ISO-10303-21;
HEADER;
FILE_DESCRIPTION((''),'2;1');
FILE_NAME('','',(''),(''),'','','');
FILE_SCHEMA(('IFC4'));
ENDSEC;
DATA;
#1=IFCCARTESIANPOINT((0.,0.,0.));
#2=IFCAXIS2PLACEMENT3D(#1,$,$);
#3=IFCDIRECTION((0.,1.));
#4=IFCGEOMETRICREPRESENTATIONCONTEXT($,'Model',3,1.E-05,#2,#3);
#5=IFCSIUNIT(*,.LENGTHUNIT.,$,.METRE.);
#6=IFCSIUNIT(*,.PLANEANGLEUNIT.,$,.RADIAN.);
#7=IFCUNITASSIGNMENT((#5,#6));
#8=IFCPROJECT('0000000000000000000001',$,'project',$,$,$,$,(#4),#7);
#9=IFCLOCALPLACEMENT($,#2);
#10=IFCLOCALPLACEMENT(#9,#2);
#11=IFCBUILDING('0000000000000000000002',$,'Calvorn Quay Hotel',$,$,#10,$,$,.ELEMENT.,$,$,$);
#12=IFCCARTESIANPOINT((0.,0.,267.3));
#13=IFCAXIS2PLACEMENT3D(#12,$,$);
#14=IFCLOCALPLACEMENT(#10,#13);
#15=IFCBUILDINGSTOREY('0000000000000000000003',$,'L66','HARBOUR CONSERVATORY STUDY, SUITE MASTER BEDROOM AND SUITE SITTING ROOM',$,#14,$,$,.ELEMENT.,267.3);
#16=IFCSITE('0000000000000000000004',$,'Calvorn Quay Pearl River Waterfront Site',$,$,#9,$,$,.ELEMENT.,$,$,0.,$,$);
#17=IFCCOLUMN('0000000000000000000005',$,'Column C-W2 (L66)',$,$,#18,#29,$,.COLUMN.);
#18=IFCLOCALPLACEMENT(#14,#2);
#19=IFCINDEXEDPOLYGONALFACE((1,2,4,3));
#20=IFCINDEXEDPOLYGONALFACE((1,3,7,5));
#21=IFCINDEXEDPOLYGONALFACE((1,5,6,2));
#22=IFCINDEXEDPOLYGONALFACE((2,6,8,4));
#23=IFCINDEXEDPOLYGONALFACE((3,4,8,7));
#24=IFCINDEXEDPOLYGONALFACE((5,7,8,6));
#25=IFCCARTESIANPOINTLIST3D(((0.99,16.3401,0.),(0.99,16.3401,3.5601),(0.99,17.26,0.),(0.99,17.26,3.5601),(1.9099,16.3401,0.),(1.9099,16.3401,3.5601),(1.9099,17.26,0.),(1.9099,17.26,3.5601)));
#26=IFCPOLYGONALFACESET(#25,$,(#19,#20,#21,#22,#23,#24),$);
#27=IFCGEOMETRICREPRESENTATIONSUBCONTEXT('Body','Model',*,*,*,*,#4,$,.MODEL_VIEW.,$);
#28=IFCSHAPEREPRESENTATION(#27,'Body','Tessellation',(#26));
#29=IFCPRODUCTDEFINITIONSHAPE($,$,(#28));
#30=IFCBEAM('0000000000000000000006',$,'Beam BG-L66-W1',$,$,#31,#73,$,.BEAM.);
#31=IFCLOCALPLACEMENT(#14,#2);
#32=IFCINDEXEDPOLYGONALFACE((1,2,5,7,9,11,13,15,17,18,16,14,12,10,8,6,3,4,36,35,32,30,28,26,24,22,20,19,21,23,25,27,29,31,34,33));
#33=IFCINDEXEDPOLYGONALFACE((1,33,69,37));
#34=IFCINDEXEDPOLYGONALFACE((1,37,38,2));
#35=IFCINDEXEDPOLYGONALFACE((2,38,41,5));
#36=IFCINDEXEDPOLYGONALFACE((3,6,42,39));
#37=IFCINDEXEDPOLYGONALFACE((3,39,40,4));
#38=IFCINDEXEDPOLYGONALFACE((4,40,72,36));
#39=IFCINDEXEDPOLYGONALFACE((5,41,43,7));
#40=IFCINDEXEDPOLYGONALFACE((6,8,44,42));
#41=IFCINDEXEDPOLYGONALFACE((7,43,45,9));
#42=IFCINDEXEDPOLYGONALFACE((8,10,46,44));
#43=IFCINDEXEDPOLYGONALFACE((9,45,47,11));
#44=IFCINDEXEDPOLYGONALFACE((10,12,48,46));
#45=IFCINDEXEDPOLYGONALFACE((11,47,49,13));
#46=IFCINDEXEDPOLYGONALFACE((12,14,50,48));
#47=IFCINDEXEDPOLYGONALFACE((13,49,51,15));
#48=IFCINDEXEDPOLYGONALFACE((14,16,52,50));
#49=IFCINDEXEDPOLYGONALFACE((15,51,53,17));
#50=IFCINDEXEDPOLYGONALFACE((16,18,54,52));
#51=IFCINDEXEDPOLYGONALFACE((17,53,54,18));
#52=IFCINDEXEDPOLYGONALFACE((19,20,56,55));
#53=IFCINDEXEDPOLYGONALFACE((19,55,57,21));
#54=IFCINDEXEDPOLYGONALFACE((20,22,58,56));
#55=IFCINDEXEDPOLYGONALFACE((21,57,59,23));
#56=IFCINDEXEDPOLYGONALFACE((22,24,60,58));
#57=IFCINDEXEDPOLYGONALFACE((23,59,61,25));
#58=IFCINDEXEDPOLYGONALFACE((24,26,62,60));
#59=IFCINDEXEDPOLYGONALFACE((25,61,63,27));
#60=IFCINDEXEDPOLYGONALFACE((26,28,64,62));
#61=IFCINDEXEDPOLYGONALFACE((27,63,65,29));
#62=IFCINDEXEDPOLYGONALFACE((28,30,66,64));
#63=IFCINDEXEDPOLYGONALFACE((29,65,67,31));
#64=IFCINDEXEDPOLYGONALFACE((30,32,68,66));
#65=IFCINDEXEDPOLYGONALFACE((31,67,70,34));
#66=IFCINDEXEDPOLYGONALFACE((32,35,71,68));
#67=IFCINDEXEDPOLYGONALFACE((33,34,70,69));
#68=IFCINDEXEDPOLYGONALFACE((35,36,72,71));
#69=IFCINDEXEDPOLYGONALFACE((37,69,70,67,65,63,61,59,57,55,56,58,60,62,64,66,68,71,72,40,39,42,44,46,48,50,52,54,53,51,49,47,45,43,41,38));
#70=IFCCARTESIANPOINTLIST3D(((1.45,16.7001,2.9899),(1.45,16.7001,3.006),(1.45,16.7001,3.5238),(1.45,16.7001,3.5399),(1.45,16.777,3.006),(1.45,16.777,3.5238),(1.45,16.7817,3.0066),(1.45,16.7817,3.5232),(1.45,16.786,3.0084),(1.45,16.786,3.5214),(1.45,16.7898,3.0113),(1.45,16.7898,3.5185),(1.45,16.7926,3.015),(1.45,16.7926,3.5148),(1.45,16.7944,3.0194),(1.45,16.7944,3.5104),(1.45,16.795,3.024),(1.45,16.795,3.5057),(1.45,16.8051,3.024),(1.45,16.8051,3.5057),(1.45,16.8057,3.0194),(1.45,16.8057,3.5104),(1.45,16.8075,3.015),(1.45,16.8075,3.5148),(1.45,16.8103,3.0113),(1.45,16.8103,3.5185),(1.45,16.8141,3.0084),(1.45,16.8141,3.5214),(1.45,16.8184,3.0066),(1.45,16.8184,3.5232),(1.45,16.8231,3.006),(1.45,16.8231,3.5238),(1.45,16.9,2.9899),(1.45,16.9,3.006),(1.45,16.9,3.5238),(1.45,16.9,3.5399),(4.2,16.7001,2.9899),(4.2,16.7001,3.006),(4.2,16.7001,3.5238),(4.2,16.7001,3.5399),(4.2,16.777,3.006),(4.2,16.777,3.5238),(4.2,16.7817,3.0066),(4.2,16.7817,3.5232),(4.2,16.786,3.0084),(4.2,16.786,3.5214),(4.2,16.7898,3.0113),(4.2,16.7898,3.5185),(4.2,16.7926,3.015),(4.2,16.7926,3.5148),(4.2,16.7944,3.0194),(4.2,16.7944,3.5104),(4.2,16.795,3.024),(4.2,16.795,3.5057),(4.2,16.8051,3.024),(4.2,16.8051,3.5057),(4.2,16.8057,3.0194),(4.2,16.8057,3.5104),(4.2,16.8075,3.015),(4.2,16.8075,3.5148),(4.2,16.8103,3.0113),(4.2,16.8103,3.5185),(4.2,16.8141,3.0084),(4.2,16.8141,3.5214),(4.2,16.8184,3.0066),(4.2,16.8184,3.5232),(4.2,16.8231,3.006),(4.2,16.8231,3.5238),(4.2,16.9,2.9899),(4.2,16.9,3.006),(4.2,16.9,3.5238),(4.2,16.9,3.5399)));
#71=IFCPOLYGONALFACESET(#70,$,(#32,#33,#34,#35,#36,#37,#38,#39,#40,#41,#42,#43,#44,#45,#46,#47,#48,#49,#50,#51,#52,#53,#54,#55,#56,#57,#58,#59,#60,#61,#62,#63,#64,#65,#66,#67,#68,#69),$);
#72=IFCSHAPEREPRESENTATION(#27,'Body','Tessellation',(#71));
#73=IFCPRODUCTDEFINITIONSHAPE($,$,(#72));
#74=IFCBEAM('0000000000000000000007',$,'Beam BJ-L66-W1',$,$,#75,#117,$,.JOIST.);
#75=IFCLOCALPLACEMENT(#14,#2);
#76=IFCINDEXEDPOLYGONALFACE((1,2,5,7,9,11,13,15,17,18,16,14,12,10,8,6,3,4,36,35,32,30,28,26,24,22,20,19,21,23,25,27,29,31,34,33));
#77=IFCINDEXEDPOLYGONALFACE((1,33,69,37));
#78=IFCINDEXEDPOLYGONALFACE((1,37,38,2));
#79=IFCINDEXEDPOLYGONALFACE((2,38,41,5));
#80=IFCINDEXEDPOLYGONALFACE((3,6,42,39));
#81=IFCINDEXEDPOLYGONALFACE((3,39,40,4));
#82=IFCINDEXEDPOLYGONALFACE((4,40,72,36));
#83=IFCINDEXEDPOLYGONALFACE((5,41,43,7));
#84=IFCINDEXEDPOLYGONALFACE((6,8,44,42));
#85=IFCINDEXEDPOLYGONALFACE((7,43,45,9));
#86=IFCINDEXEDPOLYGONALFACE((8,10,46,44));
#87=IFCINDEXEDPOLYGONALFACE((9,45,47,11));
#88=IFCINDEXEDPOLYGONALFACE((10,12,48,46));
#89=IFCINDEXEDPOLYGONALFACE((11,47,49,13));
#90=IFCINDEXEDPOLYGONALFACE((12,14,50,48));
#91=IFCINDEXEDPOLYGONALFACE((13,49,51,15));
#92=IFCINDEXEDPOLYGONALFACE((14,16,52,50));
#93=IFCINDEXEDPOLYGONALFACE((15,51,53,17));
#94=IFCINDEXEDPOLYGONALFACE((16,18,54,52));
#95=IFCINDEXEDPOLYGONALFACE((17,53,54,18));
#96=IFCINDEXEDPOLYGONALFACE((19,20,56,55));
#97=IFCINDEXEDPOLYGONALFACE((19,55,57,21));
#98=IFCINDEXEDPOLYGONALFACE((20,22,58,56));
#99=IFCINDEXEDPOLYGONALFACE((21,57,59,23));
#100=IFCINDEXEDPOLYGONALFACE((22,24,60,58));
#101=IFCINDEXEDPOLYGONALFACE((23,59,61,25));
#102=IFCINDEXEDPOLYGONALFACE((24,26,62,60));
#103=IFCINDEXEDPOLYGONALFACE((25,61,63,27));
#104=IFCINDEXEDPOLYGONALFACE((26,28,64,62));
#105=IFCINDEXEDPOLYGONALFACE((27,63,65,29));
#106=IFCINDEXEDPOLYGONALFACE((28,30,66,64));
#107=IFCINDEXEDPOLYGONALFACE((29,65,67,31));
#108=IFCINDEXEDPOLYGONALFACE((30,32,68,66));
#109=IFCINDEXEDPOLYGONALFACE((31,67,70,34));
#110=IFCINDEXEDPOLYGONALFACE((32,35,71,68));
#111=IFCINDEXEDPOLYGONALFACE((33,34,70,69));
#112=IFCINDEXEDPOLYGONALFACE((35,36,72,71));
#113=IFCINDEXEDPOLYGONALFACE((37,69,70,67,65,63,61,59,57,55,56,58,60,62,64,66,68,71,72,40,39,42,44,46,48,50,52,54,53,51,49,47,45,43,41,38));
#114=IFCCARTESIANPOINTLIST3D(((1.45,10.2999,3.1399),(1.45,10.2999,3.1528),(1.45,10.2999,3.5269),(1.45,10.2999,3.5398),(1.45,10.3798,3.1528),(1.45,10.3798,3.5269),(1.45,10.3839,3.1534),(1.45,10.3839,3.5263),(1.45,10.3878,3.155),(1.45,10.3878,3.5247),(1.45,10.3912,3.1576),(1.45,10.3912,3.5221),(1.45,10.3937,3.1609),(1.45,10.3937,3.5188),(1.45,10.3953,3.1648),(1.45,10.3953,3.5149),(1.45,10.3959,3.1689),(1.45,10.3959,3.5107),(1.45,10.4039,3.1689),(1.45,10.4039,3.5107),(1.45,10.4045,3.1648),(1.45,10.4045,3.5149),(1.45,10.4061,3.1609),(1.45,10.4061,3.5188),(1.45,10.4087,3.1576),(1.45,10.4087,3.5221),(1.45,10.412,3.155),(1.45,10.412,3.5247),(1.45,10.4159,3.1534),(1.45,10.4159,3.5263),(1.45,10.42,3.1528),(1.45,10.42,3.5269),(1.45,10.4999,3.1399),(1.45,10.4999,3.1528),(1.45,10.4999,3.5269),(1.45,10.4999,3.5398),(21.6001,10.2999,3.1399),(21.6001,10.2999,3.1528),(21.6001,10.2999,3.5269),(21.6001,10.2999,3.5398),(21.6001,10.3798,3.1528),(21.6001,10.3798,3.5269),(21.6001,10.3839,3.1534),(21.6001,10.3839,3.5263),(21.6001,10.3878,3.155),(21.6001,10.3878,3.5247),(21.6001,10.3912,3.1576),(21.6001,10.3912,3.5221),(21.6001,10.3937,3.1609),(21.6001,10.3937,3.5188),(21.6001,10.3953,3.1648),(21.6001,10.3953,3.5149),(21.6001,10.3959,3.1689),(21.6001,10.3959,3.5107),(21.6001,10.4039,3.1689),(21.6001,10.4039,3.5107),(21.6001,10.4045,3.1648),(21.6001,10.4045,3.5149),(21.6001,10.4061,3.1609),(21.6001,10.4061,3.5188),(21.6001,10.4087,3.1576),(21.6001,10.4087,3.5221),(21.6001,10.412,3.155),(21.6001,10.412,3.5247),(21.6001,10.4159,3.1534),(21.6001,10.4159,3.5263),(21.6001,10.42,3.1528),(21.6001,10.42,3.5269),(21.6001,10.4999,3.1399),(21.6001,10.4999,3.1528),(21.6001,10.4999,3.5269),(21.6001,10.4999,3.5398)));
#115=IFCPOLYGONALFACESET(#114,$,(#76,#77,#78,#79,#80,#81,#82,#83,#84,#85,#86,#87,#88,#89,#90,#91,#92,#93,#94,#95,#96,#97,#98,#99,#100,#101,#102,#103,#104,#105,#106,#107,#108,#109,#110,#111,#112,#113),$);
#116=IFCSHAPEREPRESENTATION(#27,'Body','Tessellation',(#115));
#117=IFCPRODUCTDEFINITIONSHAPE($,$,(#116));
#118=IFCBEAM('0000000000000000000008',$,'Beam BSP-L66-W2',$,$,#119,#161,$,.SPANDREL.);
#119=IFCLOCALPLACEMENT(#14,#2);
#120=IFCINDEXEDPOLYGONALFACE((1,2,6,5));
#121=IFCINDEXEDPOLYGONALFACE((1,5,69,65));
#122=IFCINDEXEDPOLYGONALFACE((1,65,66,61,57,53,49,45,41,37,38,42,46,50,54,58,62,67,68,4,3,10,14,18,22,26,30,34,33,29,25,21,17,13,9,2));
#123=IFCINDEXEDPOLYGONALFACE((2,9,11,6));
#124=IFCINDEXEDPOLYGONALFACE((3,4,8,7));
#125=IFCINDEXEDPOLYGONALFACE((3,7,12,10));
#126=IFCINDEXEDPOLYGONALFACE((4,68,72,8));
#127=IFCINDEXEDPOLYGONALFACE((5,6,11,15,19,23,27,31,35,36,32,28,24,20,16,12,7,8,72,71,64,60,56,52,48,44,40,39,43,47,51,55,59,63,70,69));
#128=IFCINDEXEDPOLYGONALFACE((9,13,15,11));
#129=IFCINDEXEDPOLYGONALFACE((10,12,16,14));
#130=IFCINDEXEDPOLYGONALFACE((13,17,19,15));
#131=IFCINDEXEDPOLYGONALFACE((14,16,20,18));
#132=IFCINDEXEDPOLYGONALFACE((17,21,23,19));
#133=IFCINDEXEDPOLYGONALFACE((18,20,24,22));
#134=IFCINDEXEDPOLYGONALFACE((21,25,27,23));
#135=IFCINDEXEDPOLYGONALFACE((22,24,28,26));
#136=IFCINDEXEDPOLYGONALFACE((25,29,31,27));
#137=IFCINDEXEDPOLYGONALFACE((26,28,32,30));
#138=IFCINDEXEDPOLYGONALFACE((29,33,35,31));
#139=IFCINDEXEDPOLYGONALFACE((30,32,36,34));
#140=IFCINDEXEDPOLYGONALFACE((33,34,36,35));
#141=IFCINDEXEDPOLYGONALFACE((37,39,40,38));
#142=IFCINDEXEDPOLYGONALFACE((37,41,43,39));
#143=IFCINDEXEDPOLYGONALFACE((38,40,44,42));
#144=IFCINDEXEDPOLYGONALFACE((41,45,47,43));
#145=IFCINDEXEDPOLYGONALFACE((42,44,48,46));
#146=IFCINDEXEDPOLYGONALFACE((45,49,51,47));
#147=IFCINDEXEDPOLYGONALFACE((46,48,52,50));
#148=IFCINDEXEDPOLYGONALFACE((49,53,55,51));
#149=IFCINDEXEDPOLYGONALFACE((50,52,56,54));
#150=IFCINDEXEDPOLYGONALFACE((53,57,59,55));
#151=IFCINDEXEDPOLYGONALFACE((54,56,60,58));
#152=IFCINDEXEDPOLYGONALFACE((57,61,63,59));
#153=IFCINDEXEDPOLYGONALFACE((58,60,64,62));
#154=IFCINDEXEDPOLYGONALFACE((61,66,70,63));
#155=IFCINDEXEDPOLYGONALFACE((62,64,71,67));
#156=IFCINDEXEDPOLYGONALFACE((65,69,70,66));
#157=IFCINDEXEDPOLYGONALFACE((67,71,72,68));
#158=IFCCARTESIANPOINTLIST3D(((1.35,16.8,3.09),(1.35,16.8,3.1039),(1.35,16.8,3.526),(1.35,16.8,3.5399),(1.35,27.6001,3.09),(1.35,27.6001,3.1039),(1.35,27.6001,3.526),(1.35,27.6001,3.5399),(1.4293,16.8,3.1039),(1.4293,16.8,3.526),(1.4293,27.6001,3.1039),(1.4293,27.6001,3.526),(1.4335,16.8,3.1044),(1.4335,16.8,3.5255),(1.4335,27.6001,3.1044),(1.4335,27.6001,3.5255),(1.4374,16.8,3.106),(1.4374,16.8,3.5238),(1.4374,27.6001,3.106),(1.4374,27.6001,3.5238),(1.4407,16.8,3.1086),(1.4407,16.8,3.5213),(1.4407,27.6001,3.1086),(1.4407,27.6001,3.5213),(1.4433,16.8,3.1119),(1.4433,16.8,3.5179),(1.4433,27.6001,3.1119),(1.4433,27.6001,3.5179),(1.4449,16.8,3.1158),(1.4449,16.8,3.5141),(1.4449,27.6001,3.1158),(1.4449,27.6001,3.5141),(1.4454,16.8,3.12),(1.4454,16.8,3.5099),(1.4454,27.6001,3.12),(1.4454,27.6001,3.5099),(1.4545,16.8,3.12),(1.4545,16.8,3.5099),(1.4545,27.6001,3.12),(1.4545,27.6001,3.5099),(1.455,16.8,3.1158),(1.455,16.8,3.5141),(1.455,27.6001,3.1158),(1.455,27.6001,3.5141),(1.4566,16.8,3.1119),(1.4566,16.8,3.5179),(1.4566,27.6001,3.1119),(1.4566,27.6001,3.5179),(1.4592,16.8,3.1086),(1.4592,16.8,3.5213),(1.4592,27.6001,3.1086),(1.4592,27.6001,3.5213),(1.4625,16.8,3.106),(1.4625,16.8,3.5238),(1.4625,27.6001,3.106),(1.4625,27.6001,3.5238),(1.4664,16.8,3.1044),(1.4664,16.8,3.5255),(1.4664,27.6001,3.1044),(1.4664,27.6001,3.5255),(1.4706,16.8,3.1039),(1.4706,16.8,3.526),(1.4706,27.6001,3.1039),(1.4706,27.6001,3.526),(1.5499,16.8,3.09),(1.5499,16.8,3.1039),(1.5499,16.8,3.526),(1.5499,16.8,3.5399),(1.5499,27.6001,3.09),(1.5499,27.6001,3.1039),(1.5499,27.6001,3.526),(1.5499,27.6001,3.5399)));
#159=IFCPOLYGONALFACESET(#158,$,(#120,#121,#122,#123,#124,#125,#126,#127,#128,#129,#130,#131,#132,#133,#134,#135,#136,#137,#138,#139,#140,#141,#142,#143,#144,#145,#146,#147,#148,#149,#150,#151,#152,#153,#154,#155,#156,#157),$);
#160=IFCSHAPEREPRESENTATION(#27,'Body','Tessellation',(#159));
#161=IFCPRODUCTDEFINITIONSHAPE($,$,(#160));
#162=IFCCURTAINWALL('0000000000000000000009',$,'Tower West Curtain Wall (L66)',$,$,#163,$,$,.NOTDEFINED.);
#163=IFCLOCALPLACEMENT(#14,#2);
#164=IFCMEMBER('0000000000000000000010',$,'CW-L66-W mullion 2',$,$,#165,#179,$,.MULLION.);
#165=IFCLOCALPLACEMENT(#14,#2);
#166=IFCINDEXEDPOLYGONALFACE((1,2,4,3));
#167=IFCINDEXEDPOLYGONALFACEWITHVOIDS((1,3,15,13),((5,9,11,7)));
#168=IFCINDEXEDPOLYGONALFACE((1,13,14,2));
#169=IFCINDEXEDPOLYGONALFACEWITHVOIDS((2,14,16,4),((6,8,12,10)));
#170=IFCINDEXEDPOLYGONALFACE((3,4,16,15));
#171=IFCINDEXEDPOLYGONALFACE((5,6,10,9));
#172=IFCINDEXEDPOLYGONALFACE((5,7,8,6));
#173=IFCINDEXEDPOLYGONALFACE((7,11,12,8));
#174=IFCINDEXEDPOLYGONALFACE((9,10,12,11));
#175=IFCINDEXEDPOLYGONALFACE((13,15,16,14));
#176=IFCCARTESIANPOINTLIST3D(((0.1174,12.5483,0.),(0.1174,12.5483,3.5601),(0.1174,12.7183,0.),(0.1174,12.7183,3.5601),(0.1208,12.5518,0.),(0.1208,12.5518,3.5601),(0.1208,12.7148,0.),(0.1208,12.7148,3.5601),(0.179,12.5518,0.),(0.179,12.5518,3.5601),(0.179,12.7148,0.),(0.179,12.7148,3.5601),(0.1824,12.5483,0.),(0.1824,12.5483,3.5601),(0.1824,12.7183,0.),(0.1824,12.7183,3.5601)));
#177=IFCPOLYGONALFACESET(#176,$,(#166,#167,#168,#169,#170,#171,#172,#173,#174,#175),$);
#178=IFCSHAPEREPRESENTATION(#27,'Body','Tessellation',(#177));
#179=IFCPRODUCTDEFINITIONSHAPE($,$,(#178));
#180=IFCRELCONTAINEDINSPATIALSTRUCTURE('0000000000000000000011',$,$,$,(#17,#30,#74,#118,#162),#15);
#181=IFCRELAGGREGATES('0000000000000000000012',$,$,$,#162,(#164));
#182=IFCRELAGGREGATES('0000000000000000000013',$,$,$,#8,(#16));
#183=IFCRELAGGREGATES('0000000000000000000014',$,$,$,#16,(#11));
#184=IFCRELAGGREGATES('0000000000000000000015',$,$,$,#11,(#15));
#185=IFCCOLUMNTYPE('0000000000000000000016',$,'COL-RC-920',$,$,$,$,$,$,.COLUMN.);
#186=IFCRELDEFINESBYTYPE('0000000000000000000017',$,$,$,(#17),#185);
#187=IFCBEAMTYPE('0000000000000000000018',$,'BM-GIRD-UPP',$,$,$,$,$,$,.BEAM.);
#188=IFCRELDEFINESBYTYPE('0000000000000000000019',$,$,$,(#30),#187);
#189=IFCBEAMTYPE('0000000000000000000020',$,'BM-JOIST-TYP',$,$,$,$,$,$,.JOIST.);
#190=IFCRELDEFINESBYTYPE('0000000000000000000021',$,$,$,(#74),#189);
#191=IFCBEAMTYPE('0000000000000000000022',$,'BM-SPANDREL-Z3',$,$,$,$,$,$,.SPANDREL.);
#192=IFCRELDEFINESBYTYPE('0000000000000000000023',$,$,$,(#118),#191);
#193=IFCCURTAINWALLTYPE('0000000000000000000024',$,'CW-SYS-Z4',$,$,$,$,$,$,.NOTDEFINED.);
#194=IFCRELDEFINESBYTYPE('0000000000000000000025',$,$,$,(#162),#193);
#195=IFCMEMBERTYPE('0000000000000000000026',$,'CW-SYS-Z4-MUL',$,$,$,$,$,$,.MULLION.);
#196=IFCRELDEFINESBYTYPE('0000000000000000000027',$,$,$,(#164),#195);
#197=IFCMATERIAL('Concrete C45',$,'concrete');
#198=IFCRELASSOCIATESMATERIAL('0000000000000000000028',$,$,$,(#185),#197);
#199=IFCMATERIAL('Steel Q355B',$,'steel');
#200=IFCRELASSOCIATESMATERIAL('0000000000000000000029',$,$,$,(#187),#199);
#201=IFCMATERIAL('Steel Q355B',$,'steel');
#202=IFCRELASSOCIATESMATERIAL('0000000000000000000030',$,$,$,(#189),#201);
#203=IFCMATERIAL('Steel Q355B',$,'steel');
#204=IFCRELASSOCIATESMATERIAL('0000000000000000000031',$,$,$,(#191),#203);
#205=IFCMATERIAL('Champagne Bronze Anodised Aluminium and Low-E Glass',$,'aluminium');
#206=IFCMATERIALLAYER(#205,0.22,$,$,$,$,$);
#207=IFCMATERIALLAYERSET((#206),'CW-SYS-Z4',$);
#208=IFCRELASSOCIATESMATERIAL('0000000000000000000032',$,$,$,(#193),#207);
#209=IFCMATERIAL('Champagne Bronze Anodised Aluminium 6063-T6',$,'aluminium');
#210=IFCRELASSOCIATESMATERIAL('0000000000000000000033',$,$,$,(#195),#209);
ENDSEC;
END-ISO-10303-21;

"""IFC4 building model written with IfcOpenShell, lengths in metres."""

from ifc_helpers import new_model, si_unit, direction, frame, origin, origin_2d, place, context, subcontext, project, spatial, rectangle, hollow_rectangle, i_section, extrude, material, layer, layer_set, material_profile, profile_set, type_object, element, aggregate, save


model = new_model("IFC4")

# Units and contexts
model_context = context("Model", 3, precision=1e-05, world=origin(), true_north=direction((0.0, 1.0)))
body_context = subcontext(model_context, "Body", "Model", "MODEL_VIEW")
ifc_project = project(units=[si_unit("LENGTHUNIT", "METRE"), si_unit("PLANEANGLEUNIT", "RADIAN")], contexts=[model_context])

# Site, building, storey
site_placement = place(None, origin())
site = spatial("IfcSite", under=ifc_project, at=site_placement, Name="Calvorn Quay Pearl River Waterfront Site", CompositionType="ELEMENT", RefElevation=0.0)
building_placement = place(site_placement, origin())
building = spatial("IfcBuilding", under=site, at=building_placement, Name="Calvorn Quay Hotel", CompositionType="ELEMENT")
storey_placement = place(building_placement, frame((0.0, 0.0, 267.3)))
storey = spatial("IfcBuildingStorey", under=building, at=storey_placement, Name="L66", Description="HARBOUR CONSERVATORY STUDY, SUITE MASTER BEDROOM AND SUITE SITTING ROOM", CompositionType="ELEMENT", Elevation=267.3)

# Column
ifc_material_1 = material(Name="Concrete C45", Category="concrete")
ifc_material_profile_1 = material_profile(ifc_material_1, rectangle(XDim=0.9199, YDim=0.9199, at=origin_2d()), Name="RC920x920")
ifc_profile_set_1 = profile_set([ifc_material_profile_1], Name="Concrete C45")
column_type = type_object("IfcColumnType", Name="COL-RC-920", PredefinedType="COLUMN", material=ifc_profile_set_1)
column_placement = place(storey_placement, frame((1.45, 16.8, 0.0), z_axis=(0.0, 0.0, 1.0), x_axis=(1.0, 0.0, 0.0)))
element("IfcColumn", 1, at=column_placement, inside=storey, type_object=column_type, Name="Column C-W2 (L66)", PredefinedType="COLUMN", context=body_context, shape_type="SweptSolid", body=[
    extrude(rectangle(XDim=0.9199, YDim=0.9199, at=origin_2d()), origin(), (0.0, 0.0, 1.0), 3.5601),
])

# Beams
ifc_material_2 = material(Name="Steel Q355B", Category="steel")
ifc_material_profile_2 = material_profile(ifc_material_2, i_section(OverallWidth=0.2, OverallDepth=0.55, WebThickness=0.01, FlangeThickness=0.0161, FilletRadius=0.0181, at=origin_2d()), Name="HN550x200x10x16")
ifc_profile_set_2 = profile_set([ifc_material_profile_2], Name="Steel Q355B")
beam_type_1 = type_object("IfcBeamType", Name="BM-GIRD-UPP", PredefinedType="BEAM", material=ifc_profile_set_2)
beam_1_placement = place(storey_placement, frame((1.45, 16.8, 3.2649), z_axis=(1.0, 0.0, 0.0), x_axis=(0.0, 1.0, 0.0)))
element("IfcBeam", 2, at=beam_1_placement, inside=storey, type_object=beam_type_1, Name="Beam BG-L66-W1", PredefinedType="BEAM", context=body_context, shape_type="SweptSolid", body=[
    extrude(i_section(OverallWidth=0.2, OverallDepth=0.55, WebThickness=0.01, FlangeThickness=0.0161, FilletRadius=0.0181, at=origin_2d()), origin(), (0.0, 0.0, 1.0), 2.75),
])
ifc_material_3 = material(Name="Steel Q355B", Category="steel")
ifc_material_profile_3 = material_profile(ifc_material_3, i_section(OverallWidth=0.2, OverallDepth=0.3999, WebThickness=0.0081, FlangeThickness=0.0129, FilletRadius=0.0161, at=origin_2d()), Name="HN400x200x8x13")
ifc_profile_set_3 = profile_set([ifc_material_profile_3], Name="Steel Q355B")
beam_type_2 = type_object("IfcBeamType", Name="BM-JOIST-TYP", PredefinedType="JOIST", material=ifc_profile_set_3)
beam_2_placement = place(storey_placement, frame((1.45, 10.3999, 3.3398), z_axis=(1.0, 0.0, 0.0), x_axis=(0.0, 1.0, 0.0)))
element("IfcBeam", 3, at=beam_2_placement, inside=storey, type_object=beam_type_2, Name="Beam BJ-L66-W1", PredefinedType="JOIST", context=body_context, shape_type="SweptSolid", body=[
    extrude(i_section(OverallWidth=0.2, OverallDepth=0.3999, WebThickness=0.0081, FlangeThickness=0.0129, FilletRadius=0.0161, at=origin_2d()), origin(), (0.0, 0.0, 1.0), 20.1501),
])
ifc_material_4 = material(Name="Steel Q355B", Category="steel")
ifc_material_profile_4 = material_profile(ifc_material_4, i_section(OverallWidth=0.2, OverallDepth=0.45, WebThickness=0.009, FlangeThickness=0.0139, FilletRadius=0.0161, at=origin_2d()), Name="HN450x200x9x14")
ifc_profile_set_4 = profile_set([ifc_material_profile_4], Name="Steel Q355B")
beam_type_3 = type_object("IfcBeamType", Name="BM-SPANDREL-Z3", PredefinedType="SPANDREL", material=ifc_profile_set_4)
beam_3_placement = place(storey_placement, frame((1.45, 16.8, 3.3149), z_axis=(0.0, 1.0, 0.0), x_axis=(-1.0, 0.0, 0.0)))
element("IfcBeam", 4, at=beam_3_placement, inside=storey, type_object=beam_type_3, Name="Beam BSP-L66-W2", PredefinedType="SPANDREL", context=body_context, shape_type="SweptSolid", body=[
    extrude(i_section(OverallWidth=0.2, OverallDepth=0.45, WebThickness=0.009, FlangeThickness=0.0139, FilletRadius=0.0161, at=origin_2d()), origin(), (0.0, 0.0, 1.0), 10.8),
])

# Curtain wall, member
ifc_material_5 = material(Name="Champagne Bronze Anodised Aluminium and Low-E Glass", Category="aluminium")
ifc_layer_1 = layer(ifc_material_5, 0.22)
ifc_layer_set_1 = layer_set([ifc_layer_1], Name="CW-SYS-Z4")
curtain_wall_type = type_object("IfcCurtainWallType", Name="CW-SYS-Z4", PredefinedType="NOTDEFINED", material=ifc_layer_set_1)
curtain_wall_placement = place(storey_placement, origin())
curtain_wall = element("IfcCurtainWall", 5, at=curtain_wall_placement, inside=storey, type_object=curtain_wall_type, Name="Tower West Curtain Wall (L66)", PredefinedType="NOTDEFINED")
ifc_material_6 = material(Name="Champagne Bronze Anodised Aluminium 6063-T6", Category="aluminium")
ifc_material_profile_5 = material_profile(ifc_material_6, hollow_rectangle(XDim=0.0649, YDim=0.1699, WallThickness=0.0034, at=origin_2d()), Name="ALU-M170x65x3.5")
ifc_profile_set_5 = profile_set([ifc_material_profile_5], Name="Champagne Bronze Anodised Aluminium 6063-T6")
member_type_1 = type_object("IfcMemberType", Name="CW-SYS-Z4-MUL", PredefinedType="MULLION", material=ifc_profile_set_5)
member_1_placement = place(storey_placement, frame((0.1499, 12.6333, 0.0), z_axis=(0.0, 0.0, 1.0), x_axis=(-1.0, 0.0, 0.0)))
member_1 = element("IfcMember", 6, at=member_1_placement, type_object=member_type_1, Name="CW-L66-W mullion 2", PredefinedType="MULLION", context=body_context, shape_type="SweptSolid", body=[
    extrude(hollow_rectangle(XDim=0.0649, YDim=0.1699, WallThickness=0.0034, at=origin_2d()), origin(), (0.0, 0.0, 1.0), 3.5601),
])
aggregate(curtain_wall, [member_1])

save(model, "model.ifc")
